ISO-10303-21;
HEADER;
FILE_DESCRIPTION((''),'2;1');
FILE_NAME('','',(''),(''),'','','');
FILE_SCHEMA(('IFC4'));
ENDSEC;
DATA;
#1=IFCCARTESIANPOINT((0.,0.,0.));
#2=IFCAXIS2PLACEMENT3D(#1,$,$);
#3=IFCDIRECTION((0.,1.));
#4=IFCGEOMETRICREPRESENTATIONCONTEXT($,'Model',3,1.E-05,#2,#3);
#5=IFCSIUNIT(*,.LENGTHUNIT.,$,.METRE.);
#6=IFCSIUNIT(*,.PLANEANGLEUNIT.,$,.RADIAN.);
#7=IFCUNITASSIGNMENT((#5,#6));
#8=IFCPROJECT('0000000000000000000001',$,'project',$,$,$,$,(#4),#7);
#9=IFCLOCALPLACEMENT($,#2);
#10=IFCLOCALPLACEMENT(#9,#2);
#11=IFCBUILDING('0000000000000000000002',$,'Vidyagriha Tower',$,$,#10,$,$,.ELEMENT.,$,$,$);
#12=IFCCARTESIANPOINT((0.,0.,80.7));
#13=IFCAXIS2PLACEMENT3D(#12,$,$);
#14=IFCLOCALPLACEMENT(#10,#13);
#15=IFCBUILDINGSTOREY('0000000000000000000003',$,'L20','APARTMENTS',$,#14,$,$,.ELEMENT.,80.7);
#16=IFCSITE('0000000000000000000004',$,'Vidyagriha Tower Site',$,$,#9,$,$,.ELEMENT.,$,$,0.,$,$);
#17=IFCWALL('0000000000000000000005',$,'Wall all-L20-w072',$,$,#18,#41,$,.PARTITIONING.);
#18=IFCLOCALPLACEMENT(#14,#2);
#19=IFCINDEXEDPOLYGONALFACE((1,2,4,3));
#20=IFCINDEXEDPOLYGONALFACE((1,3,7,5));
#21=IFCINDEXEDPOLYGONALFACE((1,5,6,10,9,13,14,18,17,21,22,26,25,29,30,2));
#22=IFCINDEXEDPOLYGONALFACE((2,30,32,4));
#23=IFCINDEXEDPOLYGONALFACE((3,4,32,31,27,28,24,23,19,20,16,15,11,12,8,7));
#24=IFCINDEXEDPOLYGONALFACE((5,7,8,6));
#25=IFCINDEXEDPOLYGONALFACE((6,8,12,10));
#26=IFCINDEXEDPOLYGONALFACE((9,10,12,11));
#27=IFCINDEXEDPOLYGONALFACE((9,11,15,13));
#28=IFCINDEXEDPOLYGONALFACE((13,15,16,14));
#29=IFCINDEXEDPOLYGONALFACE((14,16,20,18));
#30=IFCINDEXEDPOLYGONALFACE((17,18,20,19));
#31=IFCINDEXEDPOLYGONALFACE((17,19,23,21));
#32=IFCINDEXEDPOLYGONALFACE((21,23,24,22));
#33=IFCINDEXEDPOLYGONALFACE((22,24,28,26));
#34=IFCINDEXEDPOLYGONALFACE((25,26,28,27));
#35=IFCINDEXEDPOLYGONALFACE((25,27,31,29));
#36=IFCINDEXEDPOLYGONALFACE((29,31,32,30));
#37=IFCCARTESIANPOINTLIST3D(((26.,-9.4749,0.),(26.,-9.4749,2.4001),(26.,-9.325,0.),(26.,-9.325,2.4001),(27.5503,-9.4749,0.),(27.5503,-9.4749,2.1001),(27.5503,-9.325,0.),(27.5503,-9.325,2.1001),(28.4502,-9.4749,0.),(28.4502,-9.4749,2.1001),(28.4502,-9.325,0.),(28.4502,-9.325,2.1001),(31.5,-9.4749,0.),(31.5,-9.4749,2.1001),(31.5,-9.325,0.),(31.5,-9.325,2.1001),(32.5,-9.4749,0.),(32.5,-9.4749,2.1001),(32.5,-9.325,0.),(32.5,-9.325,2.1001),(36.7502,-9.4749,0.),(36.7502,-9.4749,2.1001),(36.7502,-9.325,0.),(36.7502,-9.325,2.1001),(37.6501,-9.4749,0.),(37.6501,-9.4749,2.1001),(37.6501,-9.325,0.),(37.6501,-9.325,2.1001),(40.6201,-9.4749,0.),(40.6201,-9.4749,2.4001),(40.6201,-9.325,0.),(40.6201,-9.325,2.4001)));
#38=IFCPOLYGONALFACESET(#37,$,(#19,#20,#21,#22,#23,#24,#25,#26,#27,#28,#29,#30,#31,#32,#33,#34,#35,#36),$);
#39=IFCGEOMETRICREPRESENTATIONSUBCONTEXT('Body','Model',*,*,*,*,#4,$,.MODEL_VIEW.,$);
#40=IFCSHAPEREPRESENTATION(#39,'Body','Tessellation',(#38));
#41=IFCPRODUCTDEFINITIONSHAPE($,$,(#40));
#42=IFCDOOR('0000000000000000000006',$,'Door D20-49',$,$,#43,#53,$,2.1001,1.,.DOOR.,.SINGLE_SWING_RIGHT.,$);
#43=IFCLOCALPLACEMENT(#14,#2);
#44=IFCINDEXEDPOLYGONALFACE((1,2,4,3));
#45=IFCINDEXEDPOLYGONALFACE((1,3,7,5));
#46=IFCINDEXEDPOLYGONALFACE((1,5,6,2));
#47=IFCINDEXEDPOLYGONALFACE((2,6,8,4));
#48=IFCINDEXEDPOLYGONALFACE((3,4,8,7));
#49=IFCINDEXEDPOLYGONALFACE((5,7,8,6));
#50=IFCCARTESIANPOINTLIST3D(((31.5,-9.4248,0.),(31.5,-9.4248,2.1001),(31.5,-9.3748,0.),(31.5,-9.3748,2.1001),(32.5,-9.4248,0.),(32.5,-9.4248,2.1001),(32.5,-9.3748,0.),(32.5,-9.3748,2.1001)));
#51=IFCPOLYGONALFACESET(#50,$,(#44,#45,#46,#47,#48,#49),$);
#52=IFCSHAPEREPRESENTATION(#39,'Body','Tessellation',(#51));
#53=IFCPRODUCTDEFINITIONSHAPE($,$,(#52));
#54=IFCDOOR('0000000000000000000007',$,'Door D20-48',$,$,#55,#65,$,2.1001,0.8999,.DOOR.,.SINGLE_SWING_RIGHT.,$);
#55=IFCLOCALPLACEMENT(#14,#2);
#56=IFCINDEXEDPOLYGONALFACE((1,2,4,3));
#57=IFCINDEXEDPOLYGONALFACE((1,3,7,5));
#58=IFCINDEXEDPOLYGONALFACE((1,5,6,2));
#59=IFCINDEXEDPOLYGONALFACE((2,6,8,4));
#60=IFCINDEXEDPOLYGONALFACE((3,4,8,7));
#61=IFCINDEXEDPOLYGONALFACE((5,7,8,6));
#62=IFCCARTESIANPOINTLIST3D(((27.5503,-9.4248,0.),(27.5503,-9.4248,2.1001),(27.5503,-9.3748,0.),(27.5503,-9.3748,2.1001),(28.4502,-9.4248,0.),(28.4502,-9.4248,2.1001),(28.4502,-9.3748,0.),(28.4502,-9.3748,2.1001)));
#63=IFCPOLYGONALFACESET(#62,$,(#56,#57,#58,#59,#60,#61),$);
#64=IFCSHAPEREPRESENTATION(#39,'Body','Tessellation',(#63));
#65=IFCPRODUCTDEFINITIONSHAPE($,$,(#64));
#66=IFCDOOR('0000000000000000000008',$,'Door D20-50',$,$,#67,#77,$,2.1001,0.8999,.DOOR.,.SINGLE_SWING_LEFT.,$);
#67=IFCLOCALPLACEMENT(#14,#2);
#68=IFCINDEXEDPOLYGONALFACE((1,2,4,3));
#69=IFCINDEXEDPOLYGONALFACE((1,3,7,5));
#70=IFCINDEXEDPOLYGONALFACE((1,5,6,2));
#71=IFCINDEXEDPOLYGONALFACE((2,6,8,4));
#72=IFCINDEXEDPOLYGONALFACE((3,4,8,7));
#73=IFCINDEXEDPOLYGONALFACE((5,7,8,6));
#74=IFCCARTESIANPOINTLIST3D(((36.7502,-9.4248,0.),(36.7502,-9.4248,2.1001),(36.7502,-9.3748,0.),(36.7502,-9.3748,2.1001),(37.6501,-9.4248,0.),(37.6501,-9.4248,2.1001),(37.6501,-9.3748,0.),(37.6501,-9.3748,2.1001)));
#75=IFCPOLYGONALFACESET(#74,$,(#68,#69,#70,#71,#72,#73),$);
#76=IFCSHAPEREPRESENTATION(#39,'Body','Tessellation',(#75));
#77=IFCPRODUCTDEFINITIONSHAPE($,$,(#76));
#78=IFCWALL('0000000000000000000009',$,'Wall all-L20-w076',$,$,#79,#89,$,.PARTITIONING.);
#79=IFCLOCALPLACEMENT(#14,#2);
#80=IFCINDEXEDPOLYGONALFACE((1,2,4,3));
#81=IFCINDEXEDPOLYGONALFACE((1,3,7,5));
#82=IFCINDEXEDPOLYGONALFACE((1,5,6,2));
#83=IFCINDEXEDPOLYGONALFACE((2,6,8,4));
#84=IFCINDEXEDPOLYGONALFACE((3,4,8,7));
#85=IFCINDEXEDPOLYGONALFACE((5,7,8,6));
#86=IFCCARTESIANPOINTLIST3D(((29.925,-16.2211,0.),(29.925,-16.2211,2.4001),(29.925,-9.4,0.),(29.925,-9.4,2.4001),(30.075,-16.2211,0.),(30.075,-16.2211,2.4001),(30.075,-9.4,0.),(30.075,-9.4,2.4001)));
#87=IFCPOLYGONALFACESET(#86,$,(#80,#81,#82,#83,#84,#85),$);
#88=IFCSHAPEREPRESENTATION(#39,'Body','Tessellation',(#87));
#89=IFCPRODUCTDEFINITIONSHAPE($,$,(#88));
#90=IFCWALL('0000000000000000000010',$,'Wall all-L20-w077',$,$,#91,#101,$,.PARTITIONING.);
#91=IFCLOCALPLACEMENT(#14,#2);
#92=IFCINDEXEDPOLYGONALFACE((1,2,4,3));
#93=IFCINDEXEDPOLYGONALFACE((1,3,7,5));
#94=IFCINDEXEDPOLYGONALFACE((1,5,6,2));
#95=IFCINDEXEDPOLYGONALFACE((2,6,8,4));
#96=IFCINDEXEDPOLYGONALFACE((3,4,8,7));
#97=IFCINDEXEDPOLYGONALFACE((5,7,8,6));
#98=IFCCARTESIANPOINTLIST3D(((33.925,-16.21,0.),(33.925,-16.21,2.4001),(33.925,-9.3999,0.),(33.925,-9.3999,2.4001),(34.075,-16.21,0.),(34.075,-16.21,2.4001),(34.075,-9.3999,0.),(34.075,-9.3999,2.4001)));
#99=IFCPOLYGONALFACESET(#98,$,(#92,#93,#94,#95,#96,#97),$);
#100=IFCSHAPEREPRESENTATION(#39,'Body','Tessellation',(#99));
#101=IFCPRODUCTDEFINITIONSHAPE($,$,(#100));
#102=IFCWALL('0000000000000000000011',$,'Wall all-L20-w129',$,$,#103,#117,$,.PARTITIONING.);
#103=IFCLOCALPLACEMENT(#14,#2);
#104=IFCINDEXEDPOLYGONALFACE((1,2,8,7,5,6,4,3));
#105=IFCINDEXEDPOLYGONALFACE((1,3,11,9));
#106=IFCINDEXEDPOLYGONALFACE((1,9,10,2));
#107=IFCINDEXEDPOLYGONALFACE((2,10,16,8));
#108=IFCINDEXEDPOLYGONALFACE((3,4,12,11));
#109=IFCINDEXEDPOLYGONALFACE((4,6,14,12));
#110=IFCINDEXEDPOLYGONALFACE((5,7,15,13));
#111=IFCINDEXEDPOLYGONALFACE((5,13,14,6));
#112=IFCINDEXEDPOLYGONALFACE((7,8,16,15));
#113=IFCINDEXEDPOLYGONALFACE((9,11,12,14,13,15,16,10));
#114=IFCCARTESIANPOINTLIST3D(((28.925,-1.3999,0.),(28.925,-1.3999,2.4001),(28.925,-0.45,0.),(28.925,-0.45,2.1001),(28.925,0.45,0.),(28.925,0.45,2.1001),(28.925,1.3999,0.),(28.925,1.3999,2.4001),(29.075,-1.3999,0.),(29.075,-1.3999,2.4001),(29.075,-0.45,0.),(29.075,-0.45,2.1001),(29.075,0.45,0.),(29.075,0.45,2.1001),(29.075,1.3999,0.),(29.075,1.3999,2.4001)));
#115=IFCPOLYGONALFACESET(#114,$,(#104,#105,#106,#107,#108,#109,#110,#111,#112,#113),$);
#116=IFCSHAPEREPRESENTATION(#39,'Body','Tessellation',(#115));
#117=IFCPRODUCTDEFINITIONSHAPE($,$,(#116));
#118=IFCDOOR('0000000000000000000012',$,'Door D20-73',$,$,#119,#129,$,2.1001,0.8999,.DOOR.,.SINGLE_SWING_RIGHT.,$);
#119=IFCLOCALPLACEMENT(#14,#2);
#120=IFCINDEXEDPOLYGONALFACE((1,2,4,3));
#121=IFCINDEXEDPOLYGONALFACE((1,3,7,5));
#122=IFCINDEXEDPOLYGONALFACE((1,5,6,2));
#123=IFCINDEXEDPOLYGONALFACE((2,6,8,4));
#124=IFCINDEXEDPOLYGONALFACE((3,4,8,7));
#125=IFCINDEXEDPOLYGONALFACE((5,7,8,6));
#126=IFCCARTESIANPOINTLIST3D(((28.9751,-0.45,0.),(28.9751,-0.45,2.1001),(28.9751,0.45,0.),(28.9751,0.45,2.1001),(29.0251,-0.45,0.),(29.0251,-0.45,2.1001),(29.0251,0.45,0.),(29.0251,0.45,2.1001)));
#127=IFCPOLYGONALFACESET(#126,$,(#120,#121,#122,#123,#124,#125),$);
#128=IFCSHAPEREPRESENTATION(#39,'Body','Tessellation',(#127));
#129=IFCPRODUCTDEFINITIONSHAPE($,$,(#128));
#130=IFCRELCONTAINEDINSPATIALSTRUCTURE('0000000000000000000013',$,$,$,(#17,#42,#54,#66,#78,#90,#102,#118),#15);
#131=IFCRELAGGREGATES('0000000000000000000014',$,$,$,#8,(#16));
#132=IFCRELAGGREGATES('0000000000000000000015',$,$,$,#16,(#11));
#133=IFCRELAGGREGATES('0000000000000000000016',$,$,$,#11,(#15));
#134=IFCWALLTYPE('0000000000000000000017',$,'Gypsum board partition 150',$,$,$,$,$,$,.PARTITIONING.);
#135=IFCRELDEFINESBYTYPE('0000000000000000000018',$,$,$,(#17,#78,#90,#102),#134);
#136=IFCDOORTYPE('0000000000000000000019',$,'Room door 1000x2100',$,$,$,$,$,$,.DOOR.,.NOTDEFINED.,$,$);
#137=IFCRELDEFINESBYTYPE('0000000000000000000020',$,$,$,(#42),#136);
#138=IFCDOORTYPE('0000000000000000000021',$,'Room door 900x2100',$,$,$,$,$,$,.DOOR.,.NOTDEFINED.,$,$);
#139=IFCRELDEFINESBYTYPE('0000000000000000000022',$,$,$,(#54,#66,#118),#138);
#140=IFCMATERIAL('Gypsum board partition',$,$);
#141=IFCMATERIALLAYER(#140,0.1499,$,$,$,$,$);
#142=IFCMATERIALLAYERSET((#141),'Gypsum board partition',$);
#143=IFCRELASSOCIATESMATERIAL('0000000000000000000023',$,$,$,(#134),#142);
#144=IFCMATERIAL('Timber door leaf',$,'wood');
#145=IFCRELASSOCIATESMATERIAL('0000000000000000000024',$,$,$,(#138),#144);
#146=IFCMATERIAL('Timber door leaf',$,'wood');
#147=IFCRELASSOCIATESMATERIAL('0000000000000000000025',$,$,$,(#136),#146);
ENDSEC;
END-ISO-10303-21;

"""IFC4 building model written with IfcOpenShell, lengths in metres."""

from ifc_helpers import new_model, si_unit, direction, frame, frame_2d, origin, place, context, subcontext, project, spatial, rectangle, extrude, material, layer, layer_set, type_object, element, fill, save


model = new_model("IFC4")

# Units and contexts
model_context = context("Model", 3, precision=1e-05, world=origin(), true_north=direction((0.0, 1.0)))
body_context = subcontext(model_context, "Body", "Model", "MODEL_VIEW")
ifc_project = project(units=[si_unit("LENGTHUNIT", "METRE"), si_unit("PLANEANGLEUNIT", "RADIAN")], contexts=[model_context])

# Site, building, storey
site_placement = place(None, origin())
site = spatial("IfcSite", under=ifc_project, at=site_placement, Name="Vidyagriha Tower Site", CompositionType="ELEMENT", RefElevation=0.0)
building_placement = place(site_placement, origin())
building = spatial("IfcBuilding", under=site, at=building_placement, Name="Vidyagriha Tower", CompositionType="ELEMENT")
storey_placement = place(building_placement, frame((0.0, 0.0, 80.7)))
storey = spatial("IfcBuildingStorey", under=building, at=storey_placement, Name="L20", Description="APARTMENTS", CompositionType="ELEMENT", Elevation=80.7)

# Shared definitions
ifc_material_1 = material(Name="Gypsum board partition")
ifc_layer_1 = layer(ifc_material_1, 0.1499)
ifc_layer_set_1 = layer_set([ifc_layer_1], Name="Gypsum board partition")
wall_type_1 = type_object("IfcWallType", Name="Gypsum board partition 150", PredefinedType="PARTITIONING", material=ifc_layer_set_1)

# Wall, openings, doors
ifc_material_2 = material(Name="Timber door leaf", Category="wood")
door_type_1 = type_object("IfcDoorType", Name="Room door 900x2100", OperationType="NOTDEFINED", PredefinedType="DOOR", material=ifc_material_2)
wall_1_placement = place(storey_placement, frame((40.6201, -9.3999, 0.0), z_axis=(0.0, 0.0, 1.0), x_axis=(-1.0, 0.0, 0.0)))
wall_1 = element("IfcWall", 1, at=wall_1_placement, inside=storey, type_object=wall_type_1, Name="Wall all-L20-w072", PredefinedType="PARTITIONING", context=body_context, shape_type="SweptSolid", body=[
    extrude(rectangle(XDim=14.6201, YDim=0.1499, at=frame_2d((7.3101, 0.0))), origin(), (0.0, 0.0, 1.0), 2.4001),
])
opening_1_placement = place(wall_1_placement, frame((12.1699, 0.0, 0.0)))
opening_1 = element("IfcOpeningElement", 2, at=opening_1_placement, cuts=wall_1, PredefinedType="OPENING", context=body_context, shape_type="SweptSolid", body=[
    extrude(rectangle(XDim=0.8999, YDim=2.1001, at=frame_2d((0.45, 1.05))), frame((0.0, 0.085, 0.0), z_axis=(0.0, -1.0, 0.0), x_axis=(1.0, 0.0, 0.0)), (0.0, 0.0, 1.0), 0.1699),
])
opening_2_placement = place(wall_1_placement, frame((8.1201, 0.0, 0.0)))
opening_2 = element("IfcOpeningElement", 3, at=opening_2_placement, cuts=wall_1, PredefinedType="OPENING", context=body_context, shape_type="SweptSolid", body=[
    extrude(rectangle(XDim=1.0, YDim=2.1001, at=frame_2d((0.5, 1.05))), frame((0.0, 0.085, 0.0), z_axis=(0.0, -1.0, 0.0), x_axis=(1.0, 0.0, 0.0)), (0.0, 0.0, 1.0), 0.1699),
])
opening_3_placement = place(wall_1_placement, frame((2.97, 0.0, 0.0)))
opening_3 = element("IfcOpeningElement", 4, at=opening_3_placement, cuts=wall_1, PredefinedType="OPENING", context=body_context, shape_type="SweptSolid", body=[
    extrude(rectangle(XDim=0.8999, YDim=2.1001, at=frame_2d((0.45, 1.05))), frame((0.0, 0.085, 0.0), z_axis=(0.0, -1.0, 0.0), x_axis=(1.0, 0.0, 0.0)), (0.0, 0.0, 1.0), 0.1699),
])
ifc_material_3 = material(Name="Timber door leaf", Category="wood")
door_type_2 = type_object("IfcDoorType", Name="Room door 1000x2100", OperationType="NOTDEFINED", PredefinedType="DOOR", material=ifc_material_3)
door_1_placement = place(opening_2_placement, origin())
door_1 = element("IfcDoor", 5, at=door_1_placement, inside=storey, type_object=door_type_2, Name="Door D20-49", OperationType="SINGLE_SWING_RIGHT", OverallHeight=2.1001, OverallWidth=1.0, PredefinedType="DOOR", context=body_context, shape_type="SweptSolid", body=[
    extrude(rectangle(XDim=1.0, YDim=2.1001, at=frame_2d((0.5, 1.05))), frame((0.0, 0.0249, 0.0), z_axis=(0.0, -1.0, 0.0), x_axis=(1.0, 0.0, 0.0)), (0.0, 0.0, 1.0), 0.05),
])
fill(opening_2, door_1)
door_2_placement = place(opening_1_placement, origin())
door_2 = element("IfcDoor", 6, at=door_2_placement, inside=storey, type_object=door_type_1, Name="Door D20-48", OperationType="SINGLE_SWING_RIGHT", OverallHeight=2.1001, OverallWidth=0.8999, PredefinedType="DOOR", context=body_context, shape_type="SweptSolid", body=[
    extrude(rectangle(XDim=0.8999, YDim=2.1001, at=frame_2d((0.45, 1.05))), frame((0.0, 0.0249, 0.0), z_axis=(0.0, -1.0, 0.0), x_axis=(1.0, 0.0, 0.0)), (0.0, 0.0, 1.0), 0.05),
])
fill(opening_1, door_2)
door_3_placement = place(opening_3_placement, origin())
door_3 = element("IfcDoor", 7, at=door_3_placement, inside=storey, type_object=door_type_1, Name="Door D20-50", OperationType="SINGLE_SWING_LEFT", OverallHeight=2.1001, OverallWidth=0.8999, PredefinedType="DOOR", context=body_context, shape_type="SweptSolid", body=[
    extrude(rectangle(XDim=0.8999, YDim=2.1001, at=frame_2d((0.45, 1.05))), frame((0.0, 0.0249, 0.0), z_axis=(0.0, -1.0, 0.0), x_axis=(1.0, 0.0, 0.0)), (0.0, 0.0, 1.0), 0.05),
])
fill(opening_3, door_3)

# Walls
wall_2_placement = place(storey_placement, frame((30.0, -9.3999, 0.0), z_axis=(0.0, 0.0, 1.0), x_axis=(0.0, -1.0, 0.0)))
element("IfcWall", 8, at=wall_2_placement, inside=storey, type_object=wall_type_1, Name="Wall all-L20-w076", PredefinedType="PARTITIONING", context=body_context, shape_type="SweptSolid", body=[
    extrude(rectangle(XDim=6.821, YDim=0.1499, at=frame_2d((3.4106, 0.0))), origin(), (0.0, 0.0, 1.0), 2.4001),
])
wall_3_placement = place(storey_placement, frame((34.0, -9.3999, 0.0), z_axis=(0.0, 0.0, 1.0), x_axis=(0.0, -1.0, 0.0)))
element("IfcWall", 9, at=wall_3_placement, inside=storey, type_object=wall_type_1, Name="Wall all-L20-w077", PredefinedType="PARTITIONING", context=body_context, shape_type="SweptSolid", body=[
    extrude(rectangle(XDim=6.8101, YDim=0.1499, at=frame_2d((3.405, 0.0))), origin(), (0.0, 0.0, 1.0), 2.4001),
])

# Wall, opening, door
wall_4_placement = place(storey_placement, frame((29.0, -1.3999, 0.0), z_axis=(0.0, 0.0, 1.0), x_axis=(0.0, 1.0, 0.0)))
wall_4 = element("IfcWall", 10, at=wall_4_placement, inside=storey, type_object=wall_type_1, Name="Wall all-L20-w129", PredefinedType="PARTITIONING", context=body_context, shape_type="SweptSolid", body=[
    extrude(rectangle(XDim=2.7998, YDim=0.1499, at=frame_2d((1.3999, 0.0))), origin(), (0.0, 0.0, 1.0), 2.4001),
])
opening_4_placement = place(wall_4_placement, frame((0.95, 0.0, 0.0)))
opening_4 = element("IfcOpeningElement", 11, at=opening_4_placement, cuts=wall_4, PredefinedType="OPENING", context=body_context, shape_type="SweptSolid", body=[
    extrude(rectangle(XDim=0.8999, YDim=2.1001, at=frame_2d((0.45, 1.05))), frame((0.0, 0.085, 0.0), z_axis=(0.0, -1.0, 0.0), x_axis=(1.0, 0.0, 0.0)), (0.0, 0.0, 1.0), 0.1699),
])
door_4_placement = place(opening_4_placement, origin())
door_4 = element("IfcDoor", 12, at=door_4_placement, inside=storey, type_object=door_type_1, Name="Door D20-73", OperationType="SINGLE_SWING_RIGHT", OverallHeight=2.1001, OverallWidth=0.8999, PredefinedType="DOOR", context=body_context, shape_type="SweptSolid", body=[
    extrude(rectangle(XDim=0.8999, YDim=2.1001, at=frame_2d((0.45, 1.05))), frame((0.0, 0.0249, 0.0), z_axis=(0.0, -1.0, 0.0), x_axis=(1.0, 0.0, 0.0)), (0.0, 0.0, 1.0), 0.05),
])
fill(opening_4, door_4)

save(model, "model.ifc")
